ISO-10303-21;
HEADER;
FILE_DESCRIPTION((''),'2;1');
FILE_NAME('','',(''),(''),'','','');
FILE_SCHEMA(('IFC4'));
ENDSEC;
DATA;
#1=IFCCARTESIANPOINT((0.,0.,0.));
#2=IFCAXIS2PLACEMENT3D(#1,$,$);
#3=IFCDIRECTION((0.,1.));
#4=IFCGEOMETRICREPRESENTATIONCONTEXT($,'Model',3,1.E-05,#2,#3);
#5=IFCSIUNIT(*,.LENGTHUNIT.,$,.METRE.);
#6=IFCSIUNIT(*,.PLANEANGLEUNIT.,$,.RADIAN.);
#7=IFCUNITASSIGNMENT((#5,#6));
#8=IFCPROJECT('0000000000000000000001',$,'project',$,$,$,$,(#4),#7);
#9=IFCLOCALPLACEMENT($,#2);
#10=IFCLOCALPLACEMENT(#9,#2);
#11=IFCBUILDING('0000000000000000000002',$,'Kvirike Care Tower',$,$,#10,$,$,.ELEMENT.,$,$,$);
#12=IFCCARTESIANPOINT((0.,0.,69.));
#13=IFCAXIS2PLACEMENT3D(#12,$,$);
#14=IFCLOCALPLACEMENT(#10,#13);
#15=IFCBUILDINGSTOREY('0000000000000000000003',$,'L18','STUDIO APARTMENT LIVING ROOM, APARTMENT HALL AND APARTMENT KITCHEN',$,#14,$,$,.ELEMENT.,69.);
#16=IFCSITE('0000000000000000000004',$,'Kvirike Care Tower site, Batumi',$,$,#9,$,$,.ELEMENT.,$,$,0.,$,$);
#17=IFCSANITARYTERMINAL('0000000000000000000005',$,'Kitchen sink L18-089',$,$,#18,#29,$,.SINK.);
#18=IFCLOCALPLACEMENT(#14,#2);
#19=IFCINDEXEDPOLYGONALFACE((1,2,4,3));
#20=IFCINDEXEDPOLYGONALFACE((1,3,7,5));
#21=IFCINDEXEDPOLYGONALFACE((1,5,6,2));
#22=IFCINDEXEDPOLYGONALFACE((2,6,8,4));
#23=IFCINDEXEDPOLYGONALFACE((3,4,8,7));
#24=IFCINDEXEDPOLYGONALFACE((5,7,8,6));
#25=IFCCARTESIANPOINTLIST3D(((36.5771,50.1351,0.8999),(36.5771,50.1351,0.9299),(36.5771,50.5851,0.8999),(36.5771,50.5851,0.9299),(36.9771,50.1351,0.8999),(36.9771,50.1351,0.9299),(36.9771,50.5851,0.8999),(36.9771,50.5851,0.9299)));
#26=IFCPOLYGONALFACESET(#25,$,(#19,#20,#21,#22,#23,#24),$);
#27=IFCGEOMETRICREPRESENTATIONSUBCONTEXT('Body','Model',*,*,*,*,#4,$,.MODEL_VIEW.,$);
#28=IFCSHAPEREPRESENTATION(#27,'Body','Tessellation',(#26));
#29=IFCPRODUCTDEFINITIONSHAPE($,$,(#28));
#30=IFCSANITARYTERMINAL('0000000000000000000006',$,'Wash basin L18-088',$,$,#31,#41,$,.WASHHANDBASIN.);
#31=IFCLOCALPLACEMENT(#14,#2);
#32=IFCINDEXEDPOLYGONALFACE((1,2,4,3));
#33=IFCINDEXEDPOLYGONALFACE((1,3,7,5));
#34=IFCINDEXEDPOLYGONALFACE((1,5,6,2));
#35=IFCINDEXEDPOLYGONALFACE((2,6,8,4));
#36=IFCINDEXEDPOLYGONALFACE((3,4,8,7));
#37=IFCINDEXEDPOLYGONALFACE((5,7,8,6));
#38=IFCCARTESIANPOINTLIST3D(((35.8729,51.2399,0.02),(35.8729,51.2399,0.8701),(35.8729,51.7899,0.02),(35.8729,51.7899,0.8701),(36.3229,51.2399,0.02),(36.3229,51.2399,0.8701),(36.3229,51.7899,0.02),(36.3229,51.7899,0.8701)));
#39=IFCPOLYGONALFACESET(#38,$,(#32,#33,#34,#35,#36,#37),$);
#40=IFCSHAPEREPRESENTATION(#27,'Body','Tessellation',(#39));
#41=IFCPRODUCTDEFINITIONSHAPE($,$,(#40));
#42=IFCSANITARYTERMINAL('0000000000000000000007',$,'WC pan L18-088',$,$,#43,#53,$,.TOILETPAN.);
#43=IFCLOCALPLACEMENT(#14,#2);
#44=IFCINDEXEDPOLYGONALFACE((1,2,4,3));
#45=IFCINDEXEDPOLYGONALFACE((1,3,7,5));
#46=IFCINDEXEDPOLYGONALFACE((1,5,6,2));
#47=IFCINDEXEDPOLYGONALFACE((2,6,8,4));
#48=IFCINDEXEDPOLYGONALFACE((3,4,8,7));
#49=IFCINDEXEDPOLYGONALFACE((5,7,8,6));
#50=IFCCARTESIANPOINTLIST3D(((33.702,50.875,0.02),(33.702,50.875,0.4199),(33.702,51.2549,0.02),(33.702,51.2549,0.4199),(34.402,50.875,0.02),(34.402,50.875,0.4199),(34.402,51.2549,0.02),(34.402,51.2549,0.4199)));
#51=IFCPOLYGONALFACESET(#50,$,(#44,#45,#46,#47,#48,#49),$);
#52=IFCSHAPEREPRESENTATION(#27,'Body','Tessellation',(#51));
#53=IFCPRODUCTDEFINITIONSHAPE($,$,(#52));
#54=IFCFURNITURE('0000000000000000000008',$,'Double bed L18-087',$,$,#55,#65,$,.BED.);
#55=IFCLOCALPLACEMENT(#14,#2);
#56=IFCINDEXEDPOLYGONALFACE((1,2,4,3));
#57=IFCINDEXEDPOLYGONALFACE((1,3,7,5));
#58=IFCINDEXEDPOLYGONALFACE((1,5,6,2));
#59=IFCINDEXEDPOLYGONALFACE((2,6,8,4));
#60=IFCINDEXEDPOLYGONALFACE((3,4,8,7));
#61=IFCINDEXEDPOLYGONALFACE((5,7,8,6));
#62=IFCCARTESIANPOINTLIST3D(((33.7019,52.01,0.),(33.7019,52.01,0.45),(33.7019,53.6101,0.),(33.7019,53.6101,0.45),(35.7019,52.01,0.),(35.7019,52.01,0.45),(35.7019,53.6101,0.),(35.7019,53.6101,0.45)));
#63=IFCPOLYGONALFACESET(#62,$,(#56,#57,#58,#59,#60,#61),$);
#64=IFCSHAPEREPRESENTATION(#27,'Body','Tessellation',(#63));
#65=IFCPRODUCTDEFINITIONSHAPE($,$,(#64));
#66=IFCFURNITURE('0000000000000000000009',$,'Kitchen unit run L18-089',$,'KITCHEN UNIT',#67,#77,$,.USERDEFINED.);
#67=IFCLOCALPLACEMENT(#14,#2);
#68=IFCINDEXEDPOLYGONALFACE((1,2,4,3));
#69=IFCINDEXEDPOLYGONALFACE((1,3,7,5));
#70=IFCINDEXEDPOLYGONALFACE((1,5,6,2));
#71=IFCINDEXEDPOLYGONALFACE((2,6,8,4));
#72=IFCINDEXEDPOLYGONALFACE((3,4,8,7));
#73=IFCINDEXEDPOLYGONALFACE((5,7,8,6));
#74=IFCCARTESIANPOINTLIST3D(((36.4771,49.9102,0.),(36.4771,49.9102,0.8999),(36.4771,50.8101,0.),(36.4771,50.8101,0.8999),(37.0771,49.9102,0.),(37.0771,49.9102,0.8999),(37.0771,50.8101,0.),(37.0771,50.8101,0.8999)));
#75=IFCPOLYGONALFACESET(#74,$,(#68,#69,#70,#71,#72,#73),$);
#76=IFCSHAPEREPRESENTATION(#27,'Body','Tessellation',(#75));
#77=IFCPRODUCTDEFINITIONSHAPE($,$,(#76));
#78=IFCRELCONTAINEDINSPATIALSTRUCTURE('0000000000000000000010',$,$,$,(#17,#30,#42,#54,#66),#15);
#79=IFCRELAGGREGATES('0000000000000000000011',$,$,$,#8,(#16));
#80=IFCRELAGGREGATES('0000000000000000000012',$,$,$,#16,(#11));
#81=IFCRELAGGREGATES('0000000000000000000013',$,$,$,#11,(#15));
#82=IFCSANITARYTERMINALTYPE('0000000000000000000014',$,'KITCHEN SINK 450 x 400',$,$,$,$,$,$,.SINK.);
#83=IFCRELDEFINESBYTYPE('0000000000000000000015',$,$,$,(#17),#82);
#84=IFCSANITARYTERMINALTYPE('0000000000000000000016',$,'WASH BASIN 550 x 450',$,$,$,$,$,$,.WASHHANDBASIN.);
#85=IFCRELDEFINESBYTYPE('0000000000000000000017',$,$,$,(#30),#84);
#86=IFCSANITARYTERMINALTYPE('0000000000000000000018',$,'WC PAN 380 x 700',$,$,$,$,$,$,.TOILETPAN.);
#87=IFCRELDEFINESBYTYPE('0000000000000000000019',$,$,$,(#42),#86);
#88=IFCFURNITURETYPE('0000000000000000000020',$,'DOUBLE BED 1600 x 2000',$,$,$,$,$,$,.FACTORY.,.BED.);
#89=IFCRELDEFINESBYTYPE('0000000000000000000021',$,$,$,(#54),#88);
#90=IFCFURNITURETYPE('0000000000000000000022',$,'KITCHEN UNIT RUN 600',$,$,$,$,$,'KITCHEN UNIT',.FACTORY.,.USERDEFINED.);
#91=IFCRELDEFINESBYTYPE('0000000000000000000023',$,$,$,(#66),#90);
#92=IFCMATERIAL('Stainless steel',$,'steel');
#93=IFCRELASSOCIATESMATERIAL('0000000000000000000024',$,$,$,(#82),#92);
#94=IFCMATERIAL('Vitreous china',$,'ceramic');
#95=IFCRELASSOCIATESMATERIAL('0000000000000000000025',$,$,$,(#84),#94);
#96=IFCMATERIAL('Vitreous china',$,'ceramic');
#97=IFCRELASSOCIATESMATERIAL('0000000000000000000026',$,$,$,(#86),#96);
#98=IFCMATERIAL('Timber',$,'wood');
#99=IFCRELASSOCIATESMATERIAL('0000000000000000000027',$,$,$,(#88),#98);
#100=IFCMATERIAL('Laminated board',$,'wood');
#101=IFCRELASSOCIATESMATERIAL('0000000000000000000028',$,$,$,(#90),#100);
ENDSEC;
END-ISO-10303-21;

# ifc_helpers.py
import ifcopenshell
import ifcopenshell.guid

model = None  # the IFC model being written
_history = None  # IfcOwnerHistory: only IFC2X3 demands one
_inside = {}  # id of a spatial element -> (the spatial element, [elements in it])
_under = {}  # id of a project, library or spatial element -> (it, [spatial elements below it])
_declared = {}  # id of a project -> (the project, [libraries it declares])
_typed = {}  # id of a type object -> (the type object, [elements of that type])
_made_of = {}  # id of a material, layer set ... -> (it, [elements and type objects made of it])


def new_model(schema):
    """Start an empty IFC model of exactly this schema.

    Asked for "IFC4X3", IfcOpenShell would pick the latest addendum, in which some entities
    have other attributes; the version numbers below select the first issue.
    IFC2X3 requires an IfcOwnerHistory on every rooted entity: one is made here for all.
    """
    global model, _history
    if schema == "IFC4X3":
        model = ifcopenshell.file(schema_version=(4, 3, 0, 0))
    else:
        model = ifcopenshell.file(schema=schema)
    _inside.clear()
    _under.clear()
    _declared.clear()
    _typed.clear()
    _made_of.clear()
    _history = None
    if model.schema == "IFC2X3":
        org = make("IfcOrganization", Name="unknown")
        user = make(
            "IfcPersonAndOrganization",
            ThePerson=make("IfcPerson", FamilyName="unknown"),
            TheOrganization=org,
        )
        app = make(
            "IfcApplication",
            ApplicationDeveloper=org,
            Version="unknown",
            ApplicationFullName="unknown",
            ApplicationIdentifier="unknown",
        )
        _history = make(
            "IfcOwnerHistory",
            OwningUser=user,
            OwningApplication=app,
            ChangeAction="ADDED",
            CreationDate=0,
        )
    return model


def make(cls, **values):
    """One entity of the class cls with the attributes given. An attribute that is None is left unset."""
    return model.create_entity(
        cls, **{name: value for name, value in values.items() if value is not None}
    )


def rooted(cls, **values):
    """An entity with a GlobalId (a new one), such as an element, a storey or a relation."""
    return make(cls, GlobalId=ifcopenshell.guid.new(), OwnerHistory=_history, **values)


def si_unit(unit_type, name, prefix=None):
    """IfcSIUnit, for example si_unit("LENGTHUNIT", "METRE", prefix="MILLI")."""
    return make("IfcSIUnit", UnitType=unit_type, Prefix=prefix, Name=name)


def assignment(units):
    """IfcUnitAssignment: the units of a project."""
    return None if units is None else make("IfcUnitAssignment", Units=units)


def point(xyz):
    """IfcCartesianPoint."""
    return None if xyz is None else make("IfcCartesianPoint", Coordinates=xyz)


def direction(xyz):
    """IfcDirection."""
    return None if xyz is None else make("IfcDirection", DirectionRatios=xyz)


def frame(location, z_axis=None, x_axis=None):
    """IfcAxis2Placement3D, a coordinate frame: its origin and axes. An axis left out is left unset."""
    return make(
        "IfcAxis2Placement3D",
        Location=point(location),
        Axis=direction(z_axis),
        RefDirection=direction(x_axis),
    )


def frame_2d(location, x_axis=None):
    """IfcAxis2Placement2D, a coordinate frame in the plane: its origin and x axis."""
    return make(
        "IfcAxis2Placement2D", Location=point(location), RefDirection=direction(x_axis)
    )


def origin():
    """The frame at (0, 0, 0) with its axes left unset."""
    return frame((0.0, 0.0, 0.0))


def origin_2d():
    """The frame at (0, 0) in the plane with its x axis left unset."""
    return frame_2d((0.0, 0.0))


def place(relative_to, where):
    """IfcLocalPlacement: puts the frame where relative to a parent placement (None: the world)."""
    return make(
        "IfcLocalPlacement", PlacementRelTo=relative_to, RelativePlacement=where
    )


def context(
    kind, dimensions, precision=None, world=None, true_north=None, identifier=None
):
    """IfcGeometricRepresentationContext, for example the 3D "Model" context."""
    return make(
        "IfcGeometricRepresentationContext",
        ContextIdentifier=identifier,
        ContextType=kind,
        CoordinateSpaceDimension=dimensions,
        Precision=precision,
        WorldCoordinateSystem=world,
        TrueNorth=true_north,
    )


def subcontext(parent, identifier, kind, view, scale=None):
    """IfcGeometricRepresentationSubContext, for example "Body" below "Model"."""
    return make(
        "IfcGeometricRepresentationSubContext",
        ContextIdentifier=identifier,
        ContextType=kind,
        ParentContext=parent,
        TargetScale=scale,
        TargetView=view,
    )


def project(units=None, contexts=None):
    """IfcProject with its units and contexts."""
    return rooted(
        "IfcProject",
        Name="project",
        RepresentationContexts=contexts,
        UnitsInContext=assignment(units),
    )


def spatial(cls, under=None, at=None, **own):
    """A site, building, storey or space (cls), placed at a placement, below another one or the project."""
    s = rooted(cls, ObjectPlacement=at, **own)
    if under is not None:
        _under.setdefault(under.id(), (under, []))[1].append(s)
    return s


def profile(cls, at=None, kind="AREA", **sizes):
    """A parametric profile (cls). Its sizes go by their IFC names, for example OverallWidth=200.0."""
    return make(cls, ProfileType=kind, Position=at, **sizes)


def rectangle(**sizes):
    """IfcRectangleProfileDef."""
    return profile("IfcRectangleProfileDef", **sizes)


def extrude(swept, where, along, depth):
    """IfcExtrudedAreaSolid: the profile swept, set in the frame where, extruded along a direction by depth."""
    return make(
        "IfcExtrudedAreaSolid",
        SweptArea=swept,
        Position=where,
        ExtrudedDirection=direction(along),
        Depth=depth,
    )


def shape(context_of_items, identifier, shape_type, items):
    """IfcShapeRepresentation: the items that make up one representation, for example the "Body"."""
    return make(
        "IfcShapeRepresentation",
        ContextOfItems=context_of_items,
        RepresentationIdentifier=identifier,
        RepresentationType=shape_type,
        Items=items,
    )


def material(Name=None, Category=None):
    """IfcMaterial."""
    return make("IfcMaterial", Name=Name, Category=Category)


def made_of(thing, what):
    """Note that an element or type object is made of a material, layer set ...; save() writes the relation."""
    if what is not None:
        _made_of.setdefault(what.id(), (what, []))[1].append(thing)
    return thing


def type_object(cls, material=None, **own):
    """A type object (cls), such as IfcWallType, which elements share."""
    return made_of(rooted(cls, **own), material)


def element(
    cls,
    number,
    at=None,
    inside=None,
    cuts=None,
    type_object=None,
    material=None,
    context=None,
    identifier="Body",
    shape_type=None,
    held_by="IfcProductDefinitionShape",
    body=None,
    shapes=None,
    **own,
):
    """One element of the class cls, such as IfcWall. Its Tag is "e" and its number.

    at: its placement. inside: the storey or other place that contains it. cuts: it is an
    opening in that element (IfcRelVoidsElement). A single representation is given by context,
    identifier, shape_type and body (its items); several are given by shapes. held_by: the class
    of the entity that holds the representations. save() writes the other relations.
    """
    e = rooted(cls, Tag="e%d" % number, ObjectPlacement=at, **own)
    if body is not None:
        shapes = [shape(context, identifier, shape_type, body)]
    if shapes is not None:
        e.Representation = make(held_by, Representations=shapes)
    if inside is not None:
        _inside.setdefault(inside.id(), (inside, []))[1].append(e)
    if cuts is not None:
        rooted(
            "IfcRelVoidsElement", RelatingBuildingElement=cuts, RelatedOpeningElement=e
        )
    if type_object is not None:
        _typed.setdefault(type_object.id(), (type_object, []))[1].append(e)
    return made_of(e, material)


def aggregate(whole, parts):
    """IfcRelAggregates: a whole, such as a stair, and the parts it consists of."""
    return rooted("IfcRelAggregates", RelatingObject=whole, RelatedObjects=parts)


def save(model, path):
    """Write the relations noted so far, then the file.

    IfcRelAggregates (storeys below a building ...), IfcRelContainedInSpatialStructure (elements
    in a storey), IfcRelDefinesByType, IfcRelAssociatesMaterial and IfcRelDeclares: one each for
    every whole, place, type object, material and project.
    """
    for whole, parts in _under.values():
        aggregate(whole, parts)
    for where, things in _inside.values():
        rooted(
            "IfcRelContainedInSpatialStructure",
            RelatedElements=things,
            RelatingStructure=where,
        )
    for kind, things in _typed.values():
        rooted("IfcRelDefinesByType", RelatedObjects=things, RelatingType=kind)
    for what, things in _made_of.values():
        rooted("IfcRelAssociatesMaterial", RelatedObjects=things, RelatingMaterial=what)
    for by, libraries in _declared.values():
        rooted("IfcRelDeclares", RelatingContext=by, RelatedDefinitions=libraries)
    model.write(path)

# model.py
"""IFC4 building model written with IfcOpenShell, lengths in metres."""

from ifc_helpers import new_model, si_unit, direction, frame, origin, origin_2d, place, context, subcontext, project, spatial, rectangle, extrude, material, type_object, element, save


model = new_model("IFC4")

# Units and contexts
model_context = context("Model", 3, precision=1e-05, world=origin(), true_north=direction((0.0, 1.0)))
body_context = subcontext(model_context, "Body", "Model", "MODEL_VIEW")
ifc_project = project(units=[si_unit("LENGTHUNIT", "METRE"), si_unit("PLANEANGLEUNIT", "RADIAN")], contexts=[model_context])

# Site, building, storey
site_placement = place(None, origin())
site = spatial("IfcSite", under=ifc_project, at=site_placement, Name="Kvirike Care Tower site, Batumi", CompositionType="ELEMENT", RefElevation=0.0)
building_placement = place(site_placement, origin())
building = spatial("IfcBuilding", under=site, at=building_placement, Name="Kvirike Care Tower", CompositionType="ELEMENT")
storey_placement = place(building_placement, frame((0.0, 0.0, 69.0)))
storey = spatial("IfcBuildingStorey", under=building, at=storey_placement, Name="L18", Description="STUDIO APARTMENT LIVING ROOM, APARTMENT HALL AND APARTMENT KITCHEN", CompositionType="ELEMENT", Elevation=69.0)

# Sanitary terminals
ifc_material_1 = material(Name="Stainless steel", Category="steel")
sanitary_terminal_type_1 = type_object("IfcSanitaryTerminalType", Name="KITCHEN SINK 450 x 400", PredefinedType="SINK", material=ifc_material_1)
sanitary_terminal_1_placement = place(storey_placement, frame((36.7771, 50.3601, 0.8999), z_axis=(0.0, 0.0, 1.0), x_axis=(0.0, 1.0, 0.0)))
element("IfcSanitaryTerminal", 1, at=sanitary_terminal_1_placement, inside=storey, type_object=sanitary_terminal_type_1, Name="Kitchen sink L18-089", PredefinedType="SINK", context=body_context, shape_type="SweptSolid", body=[
    extrude(rectangle(XDim=0.45, YDim=0.3999, at=origin_2d()), origin(), (0.0, 0.0, 1.0), 0.03),
])
ifc_material_2 = material(Name="Vitreous china", Category="ceramic")
sanitary_terminal_type_2 = type_object("IfcSanitaryTerminalType", Name="WASH BASIN 550 x 450", PredefinedType="WASHHANDBASIN", material=ifc_material_2)
sanitary_terminal_2_placement = place(storey_placement, frame((36.0979, 51.5149, 0.02), z_axis=(0.0, 0.0, 1.0), x_axis=(0.0, -1.0, 0.0)))
element("IfcSanitaryTerminal", 2, at=sanitary_terminal_2_placement, inside=storey, type_object=sanitary_terminal_type_2, Name="Wash basin L18-088", PredefinedType="WASHHANDBASIN", context=body_context, shape_type="SweptSolid", body=[
    extrude(rectangle(XDim=0.55, YDim=0.45, at=origin_2d()), origin(), (0.0, 0.0, 1.0), 0.8501),
])
ifc_material_3 = material(Name="Vitreous china", Category="ceramic")
sanitary_terminal_type_3 = type_object("IfcSanitaryTerminalType", Name="WC PAN 380 x 700", PredefinedType="TOILETPAN", material=ifc_material_3)
sanitary_terminal_3_placement = place(storey_placement, frame((34.052, 51.0649, 0.02), z_axis=(0.0, 0.0, 1.0), x_axis=(0.0, 1.0, 0.0)))
element("IfcSanitaryTerminal", 3, at=sanitary_terminal_3_placement, inside=storey, type_object=sanitary_terminal_type_3, Name="WC pan L18-088", PredefinedType="TOILETPAN", context=body_context, shape_type="SweptSolid", body=[
    extrude(rectangle(XDim=0.3799, YDim=0.7, at=origin_2d()), origin(), (0.0, 0.0, 1.0), 0.3999),
])

# Furniture
ifc_material_4 = material(Name="Timber", Category="wood")
furniture_type_1 = type_object("IfcFurnitureType", Name="DOUBLE BED 1600 x 2000", AssemblyPlace="FACTORY", PredefinedType="BED", material=ifc_material_4)
furniture_1_placement = place(storey_placement, frame((34.7019, 52.8101, 0.0), z_axis=(0.0, 0.0, 1.0), x_axis=(0.0, 1.0, 0.0)))
element("IfcFurniture", 4, at=furniture_1_placement, inside=storey, type_object=furniture_type_1, Name="Double bed L18-087", PredefinedType="BED", context=body_context, shape_type="SweptSolid", body=[
    extrude(rectangle(XDim=1.6001, YDim=2.0, at=origin_2d()), origin(), (0.0, 0.0, 1.0), 0.45),
])
ifc_material_5 = material(Name="Laminated board", Category="wood")
furniture_type_2 = type_object("IfcFurnitureType", Name="KITCHEN UNIT RUN 600", ElementType="KITCHEN UNIT", AssemblyPlace="FACTORY", PredefinedType="USERDEFINED", material=ifc_material_5)
furniture_2_placement = place(storey_placement, frame((36.7771, 50.3601, 0.0), z_axis=(0.0, 0.0, 1.0), x_axis=(0.0, 1.0, 0.0)))
element("IfcFurniture", 5, at=furniture_2_placement, inside=storey, type_object=furniture_type_2, Name="Kitchen unit run L18-089", ObjectType="KITCHEN UNIT", PredefinedType="USERDEFINED", context=body_context, shape_type="SweptSolid", body=[
    extrude(rectangle(XDim=0.8999, YDim=0.6001, at=origin_2d()), origin(), (0.0, 0.0, 1.0), 0.8999),
])

save(model, "model.ifc")
